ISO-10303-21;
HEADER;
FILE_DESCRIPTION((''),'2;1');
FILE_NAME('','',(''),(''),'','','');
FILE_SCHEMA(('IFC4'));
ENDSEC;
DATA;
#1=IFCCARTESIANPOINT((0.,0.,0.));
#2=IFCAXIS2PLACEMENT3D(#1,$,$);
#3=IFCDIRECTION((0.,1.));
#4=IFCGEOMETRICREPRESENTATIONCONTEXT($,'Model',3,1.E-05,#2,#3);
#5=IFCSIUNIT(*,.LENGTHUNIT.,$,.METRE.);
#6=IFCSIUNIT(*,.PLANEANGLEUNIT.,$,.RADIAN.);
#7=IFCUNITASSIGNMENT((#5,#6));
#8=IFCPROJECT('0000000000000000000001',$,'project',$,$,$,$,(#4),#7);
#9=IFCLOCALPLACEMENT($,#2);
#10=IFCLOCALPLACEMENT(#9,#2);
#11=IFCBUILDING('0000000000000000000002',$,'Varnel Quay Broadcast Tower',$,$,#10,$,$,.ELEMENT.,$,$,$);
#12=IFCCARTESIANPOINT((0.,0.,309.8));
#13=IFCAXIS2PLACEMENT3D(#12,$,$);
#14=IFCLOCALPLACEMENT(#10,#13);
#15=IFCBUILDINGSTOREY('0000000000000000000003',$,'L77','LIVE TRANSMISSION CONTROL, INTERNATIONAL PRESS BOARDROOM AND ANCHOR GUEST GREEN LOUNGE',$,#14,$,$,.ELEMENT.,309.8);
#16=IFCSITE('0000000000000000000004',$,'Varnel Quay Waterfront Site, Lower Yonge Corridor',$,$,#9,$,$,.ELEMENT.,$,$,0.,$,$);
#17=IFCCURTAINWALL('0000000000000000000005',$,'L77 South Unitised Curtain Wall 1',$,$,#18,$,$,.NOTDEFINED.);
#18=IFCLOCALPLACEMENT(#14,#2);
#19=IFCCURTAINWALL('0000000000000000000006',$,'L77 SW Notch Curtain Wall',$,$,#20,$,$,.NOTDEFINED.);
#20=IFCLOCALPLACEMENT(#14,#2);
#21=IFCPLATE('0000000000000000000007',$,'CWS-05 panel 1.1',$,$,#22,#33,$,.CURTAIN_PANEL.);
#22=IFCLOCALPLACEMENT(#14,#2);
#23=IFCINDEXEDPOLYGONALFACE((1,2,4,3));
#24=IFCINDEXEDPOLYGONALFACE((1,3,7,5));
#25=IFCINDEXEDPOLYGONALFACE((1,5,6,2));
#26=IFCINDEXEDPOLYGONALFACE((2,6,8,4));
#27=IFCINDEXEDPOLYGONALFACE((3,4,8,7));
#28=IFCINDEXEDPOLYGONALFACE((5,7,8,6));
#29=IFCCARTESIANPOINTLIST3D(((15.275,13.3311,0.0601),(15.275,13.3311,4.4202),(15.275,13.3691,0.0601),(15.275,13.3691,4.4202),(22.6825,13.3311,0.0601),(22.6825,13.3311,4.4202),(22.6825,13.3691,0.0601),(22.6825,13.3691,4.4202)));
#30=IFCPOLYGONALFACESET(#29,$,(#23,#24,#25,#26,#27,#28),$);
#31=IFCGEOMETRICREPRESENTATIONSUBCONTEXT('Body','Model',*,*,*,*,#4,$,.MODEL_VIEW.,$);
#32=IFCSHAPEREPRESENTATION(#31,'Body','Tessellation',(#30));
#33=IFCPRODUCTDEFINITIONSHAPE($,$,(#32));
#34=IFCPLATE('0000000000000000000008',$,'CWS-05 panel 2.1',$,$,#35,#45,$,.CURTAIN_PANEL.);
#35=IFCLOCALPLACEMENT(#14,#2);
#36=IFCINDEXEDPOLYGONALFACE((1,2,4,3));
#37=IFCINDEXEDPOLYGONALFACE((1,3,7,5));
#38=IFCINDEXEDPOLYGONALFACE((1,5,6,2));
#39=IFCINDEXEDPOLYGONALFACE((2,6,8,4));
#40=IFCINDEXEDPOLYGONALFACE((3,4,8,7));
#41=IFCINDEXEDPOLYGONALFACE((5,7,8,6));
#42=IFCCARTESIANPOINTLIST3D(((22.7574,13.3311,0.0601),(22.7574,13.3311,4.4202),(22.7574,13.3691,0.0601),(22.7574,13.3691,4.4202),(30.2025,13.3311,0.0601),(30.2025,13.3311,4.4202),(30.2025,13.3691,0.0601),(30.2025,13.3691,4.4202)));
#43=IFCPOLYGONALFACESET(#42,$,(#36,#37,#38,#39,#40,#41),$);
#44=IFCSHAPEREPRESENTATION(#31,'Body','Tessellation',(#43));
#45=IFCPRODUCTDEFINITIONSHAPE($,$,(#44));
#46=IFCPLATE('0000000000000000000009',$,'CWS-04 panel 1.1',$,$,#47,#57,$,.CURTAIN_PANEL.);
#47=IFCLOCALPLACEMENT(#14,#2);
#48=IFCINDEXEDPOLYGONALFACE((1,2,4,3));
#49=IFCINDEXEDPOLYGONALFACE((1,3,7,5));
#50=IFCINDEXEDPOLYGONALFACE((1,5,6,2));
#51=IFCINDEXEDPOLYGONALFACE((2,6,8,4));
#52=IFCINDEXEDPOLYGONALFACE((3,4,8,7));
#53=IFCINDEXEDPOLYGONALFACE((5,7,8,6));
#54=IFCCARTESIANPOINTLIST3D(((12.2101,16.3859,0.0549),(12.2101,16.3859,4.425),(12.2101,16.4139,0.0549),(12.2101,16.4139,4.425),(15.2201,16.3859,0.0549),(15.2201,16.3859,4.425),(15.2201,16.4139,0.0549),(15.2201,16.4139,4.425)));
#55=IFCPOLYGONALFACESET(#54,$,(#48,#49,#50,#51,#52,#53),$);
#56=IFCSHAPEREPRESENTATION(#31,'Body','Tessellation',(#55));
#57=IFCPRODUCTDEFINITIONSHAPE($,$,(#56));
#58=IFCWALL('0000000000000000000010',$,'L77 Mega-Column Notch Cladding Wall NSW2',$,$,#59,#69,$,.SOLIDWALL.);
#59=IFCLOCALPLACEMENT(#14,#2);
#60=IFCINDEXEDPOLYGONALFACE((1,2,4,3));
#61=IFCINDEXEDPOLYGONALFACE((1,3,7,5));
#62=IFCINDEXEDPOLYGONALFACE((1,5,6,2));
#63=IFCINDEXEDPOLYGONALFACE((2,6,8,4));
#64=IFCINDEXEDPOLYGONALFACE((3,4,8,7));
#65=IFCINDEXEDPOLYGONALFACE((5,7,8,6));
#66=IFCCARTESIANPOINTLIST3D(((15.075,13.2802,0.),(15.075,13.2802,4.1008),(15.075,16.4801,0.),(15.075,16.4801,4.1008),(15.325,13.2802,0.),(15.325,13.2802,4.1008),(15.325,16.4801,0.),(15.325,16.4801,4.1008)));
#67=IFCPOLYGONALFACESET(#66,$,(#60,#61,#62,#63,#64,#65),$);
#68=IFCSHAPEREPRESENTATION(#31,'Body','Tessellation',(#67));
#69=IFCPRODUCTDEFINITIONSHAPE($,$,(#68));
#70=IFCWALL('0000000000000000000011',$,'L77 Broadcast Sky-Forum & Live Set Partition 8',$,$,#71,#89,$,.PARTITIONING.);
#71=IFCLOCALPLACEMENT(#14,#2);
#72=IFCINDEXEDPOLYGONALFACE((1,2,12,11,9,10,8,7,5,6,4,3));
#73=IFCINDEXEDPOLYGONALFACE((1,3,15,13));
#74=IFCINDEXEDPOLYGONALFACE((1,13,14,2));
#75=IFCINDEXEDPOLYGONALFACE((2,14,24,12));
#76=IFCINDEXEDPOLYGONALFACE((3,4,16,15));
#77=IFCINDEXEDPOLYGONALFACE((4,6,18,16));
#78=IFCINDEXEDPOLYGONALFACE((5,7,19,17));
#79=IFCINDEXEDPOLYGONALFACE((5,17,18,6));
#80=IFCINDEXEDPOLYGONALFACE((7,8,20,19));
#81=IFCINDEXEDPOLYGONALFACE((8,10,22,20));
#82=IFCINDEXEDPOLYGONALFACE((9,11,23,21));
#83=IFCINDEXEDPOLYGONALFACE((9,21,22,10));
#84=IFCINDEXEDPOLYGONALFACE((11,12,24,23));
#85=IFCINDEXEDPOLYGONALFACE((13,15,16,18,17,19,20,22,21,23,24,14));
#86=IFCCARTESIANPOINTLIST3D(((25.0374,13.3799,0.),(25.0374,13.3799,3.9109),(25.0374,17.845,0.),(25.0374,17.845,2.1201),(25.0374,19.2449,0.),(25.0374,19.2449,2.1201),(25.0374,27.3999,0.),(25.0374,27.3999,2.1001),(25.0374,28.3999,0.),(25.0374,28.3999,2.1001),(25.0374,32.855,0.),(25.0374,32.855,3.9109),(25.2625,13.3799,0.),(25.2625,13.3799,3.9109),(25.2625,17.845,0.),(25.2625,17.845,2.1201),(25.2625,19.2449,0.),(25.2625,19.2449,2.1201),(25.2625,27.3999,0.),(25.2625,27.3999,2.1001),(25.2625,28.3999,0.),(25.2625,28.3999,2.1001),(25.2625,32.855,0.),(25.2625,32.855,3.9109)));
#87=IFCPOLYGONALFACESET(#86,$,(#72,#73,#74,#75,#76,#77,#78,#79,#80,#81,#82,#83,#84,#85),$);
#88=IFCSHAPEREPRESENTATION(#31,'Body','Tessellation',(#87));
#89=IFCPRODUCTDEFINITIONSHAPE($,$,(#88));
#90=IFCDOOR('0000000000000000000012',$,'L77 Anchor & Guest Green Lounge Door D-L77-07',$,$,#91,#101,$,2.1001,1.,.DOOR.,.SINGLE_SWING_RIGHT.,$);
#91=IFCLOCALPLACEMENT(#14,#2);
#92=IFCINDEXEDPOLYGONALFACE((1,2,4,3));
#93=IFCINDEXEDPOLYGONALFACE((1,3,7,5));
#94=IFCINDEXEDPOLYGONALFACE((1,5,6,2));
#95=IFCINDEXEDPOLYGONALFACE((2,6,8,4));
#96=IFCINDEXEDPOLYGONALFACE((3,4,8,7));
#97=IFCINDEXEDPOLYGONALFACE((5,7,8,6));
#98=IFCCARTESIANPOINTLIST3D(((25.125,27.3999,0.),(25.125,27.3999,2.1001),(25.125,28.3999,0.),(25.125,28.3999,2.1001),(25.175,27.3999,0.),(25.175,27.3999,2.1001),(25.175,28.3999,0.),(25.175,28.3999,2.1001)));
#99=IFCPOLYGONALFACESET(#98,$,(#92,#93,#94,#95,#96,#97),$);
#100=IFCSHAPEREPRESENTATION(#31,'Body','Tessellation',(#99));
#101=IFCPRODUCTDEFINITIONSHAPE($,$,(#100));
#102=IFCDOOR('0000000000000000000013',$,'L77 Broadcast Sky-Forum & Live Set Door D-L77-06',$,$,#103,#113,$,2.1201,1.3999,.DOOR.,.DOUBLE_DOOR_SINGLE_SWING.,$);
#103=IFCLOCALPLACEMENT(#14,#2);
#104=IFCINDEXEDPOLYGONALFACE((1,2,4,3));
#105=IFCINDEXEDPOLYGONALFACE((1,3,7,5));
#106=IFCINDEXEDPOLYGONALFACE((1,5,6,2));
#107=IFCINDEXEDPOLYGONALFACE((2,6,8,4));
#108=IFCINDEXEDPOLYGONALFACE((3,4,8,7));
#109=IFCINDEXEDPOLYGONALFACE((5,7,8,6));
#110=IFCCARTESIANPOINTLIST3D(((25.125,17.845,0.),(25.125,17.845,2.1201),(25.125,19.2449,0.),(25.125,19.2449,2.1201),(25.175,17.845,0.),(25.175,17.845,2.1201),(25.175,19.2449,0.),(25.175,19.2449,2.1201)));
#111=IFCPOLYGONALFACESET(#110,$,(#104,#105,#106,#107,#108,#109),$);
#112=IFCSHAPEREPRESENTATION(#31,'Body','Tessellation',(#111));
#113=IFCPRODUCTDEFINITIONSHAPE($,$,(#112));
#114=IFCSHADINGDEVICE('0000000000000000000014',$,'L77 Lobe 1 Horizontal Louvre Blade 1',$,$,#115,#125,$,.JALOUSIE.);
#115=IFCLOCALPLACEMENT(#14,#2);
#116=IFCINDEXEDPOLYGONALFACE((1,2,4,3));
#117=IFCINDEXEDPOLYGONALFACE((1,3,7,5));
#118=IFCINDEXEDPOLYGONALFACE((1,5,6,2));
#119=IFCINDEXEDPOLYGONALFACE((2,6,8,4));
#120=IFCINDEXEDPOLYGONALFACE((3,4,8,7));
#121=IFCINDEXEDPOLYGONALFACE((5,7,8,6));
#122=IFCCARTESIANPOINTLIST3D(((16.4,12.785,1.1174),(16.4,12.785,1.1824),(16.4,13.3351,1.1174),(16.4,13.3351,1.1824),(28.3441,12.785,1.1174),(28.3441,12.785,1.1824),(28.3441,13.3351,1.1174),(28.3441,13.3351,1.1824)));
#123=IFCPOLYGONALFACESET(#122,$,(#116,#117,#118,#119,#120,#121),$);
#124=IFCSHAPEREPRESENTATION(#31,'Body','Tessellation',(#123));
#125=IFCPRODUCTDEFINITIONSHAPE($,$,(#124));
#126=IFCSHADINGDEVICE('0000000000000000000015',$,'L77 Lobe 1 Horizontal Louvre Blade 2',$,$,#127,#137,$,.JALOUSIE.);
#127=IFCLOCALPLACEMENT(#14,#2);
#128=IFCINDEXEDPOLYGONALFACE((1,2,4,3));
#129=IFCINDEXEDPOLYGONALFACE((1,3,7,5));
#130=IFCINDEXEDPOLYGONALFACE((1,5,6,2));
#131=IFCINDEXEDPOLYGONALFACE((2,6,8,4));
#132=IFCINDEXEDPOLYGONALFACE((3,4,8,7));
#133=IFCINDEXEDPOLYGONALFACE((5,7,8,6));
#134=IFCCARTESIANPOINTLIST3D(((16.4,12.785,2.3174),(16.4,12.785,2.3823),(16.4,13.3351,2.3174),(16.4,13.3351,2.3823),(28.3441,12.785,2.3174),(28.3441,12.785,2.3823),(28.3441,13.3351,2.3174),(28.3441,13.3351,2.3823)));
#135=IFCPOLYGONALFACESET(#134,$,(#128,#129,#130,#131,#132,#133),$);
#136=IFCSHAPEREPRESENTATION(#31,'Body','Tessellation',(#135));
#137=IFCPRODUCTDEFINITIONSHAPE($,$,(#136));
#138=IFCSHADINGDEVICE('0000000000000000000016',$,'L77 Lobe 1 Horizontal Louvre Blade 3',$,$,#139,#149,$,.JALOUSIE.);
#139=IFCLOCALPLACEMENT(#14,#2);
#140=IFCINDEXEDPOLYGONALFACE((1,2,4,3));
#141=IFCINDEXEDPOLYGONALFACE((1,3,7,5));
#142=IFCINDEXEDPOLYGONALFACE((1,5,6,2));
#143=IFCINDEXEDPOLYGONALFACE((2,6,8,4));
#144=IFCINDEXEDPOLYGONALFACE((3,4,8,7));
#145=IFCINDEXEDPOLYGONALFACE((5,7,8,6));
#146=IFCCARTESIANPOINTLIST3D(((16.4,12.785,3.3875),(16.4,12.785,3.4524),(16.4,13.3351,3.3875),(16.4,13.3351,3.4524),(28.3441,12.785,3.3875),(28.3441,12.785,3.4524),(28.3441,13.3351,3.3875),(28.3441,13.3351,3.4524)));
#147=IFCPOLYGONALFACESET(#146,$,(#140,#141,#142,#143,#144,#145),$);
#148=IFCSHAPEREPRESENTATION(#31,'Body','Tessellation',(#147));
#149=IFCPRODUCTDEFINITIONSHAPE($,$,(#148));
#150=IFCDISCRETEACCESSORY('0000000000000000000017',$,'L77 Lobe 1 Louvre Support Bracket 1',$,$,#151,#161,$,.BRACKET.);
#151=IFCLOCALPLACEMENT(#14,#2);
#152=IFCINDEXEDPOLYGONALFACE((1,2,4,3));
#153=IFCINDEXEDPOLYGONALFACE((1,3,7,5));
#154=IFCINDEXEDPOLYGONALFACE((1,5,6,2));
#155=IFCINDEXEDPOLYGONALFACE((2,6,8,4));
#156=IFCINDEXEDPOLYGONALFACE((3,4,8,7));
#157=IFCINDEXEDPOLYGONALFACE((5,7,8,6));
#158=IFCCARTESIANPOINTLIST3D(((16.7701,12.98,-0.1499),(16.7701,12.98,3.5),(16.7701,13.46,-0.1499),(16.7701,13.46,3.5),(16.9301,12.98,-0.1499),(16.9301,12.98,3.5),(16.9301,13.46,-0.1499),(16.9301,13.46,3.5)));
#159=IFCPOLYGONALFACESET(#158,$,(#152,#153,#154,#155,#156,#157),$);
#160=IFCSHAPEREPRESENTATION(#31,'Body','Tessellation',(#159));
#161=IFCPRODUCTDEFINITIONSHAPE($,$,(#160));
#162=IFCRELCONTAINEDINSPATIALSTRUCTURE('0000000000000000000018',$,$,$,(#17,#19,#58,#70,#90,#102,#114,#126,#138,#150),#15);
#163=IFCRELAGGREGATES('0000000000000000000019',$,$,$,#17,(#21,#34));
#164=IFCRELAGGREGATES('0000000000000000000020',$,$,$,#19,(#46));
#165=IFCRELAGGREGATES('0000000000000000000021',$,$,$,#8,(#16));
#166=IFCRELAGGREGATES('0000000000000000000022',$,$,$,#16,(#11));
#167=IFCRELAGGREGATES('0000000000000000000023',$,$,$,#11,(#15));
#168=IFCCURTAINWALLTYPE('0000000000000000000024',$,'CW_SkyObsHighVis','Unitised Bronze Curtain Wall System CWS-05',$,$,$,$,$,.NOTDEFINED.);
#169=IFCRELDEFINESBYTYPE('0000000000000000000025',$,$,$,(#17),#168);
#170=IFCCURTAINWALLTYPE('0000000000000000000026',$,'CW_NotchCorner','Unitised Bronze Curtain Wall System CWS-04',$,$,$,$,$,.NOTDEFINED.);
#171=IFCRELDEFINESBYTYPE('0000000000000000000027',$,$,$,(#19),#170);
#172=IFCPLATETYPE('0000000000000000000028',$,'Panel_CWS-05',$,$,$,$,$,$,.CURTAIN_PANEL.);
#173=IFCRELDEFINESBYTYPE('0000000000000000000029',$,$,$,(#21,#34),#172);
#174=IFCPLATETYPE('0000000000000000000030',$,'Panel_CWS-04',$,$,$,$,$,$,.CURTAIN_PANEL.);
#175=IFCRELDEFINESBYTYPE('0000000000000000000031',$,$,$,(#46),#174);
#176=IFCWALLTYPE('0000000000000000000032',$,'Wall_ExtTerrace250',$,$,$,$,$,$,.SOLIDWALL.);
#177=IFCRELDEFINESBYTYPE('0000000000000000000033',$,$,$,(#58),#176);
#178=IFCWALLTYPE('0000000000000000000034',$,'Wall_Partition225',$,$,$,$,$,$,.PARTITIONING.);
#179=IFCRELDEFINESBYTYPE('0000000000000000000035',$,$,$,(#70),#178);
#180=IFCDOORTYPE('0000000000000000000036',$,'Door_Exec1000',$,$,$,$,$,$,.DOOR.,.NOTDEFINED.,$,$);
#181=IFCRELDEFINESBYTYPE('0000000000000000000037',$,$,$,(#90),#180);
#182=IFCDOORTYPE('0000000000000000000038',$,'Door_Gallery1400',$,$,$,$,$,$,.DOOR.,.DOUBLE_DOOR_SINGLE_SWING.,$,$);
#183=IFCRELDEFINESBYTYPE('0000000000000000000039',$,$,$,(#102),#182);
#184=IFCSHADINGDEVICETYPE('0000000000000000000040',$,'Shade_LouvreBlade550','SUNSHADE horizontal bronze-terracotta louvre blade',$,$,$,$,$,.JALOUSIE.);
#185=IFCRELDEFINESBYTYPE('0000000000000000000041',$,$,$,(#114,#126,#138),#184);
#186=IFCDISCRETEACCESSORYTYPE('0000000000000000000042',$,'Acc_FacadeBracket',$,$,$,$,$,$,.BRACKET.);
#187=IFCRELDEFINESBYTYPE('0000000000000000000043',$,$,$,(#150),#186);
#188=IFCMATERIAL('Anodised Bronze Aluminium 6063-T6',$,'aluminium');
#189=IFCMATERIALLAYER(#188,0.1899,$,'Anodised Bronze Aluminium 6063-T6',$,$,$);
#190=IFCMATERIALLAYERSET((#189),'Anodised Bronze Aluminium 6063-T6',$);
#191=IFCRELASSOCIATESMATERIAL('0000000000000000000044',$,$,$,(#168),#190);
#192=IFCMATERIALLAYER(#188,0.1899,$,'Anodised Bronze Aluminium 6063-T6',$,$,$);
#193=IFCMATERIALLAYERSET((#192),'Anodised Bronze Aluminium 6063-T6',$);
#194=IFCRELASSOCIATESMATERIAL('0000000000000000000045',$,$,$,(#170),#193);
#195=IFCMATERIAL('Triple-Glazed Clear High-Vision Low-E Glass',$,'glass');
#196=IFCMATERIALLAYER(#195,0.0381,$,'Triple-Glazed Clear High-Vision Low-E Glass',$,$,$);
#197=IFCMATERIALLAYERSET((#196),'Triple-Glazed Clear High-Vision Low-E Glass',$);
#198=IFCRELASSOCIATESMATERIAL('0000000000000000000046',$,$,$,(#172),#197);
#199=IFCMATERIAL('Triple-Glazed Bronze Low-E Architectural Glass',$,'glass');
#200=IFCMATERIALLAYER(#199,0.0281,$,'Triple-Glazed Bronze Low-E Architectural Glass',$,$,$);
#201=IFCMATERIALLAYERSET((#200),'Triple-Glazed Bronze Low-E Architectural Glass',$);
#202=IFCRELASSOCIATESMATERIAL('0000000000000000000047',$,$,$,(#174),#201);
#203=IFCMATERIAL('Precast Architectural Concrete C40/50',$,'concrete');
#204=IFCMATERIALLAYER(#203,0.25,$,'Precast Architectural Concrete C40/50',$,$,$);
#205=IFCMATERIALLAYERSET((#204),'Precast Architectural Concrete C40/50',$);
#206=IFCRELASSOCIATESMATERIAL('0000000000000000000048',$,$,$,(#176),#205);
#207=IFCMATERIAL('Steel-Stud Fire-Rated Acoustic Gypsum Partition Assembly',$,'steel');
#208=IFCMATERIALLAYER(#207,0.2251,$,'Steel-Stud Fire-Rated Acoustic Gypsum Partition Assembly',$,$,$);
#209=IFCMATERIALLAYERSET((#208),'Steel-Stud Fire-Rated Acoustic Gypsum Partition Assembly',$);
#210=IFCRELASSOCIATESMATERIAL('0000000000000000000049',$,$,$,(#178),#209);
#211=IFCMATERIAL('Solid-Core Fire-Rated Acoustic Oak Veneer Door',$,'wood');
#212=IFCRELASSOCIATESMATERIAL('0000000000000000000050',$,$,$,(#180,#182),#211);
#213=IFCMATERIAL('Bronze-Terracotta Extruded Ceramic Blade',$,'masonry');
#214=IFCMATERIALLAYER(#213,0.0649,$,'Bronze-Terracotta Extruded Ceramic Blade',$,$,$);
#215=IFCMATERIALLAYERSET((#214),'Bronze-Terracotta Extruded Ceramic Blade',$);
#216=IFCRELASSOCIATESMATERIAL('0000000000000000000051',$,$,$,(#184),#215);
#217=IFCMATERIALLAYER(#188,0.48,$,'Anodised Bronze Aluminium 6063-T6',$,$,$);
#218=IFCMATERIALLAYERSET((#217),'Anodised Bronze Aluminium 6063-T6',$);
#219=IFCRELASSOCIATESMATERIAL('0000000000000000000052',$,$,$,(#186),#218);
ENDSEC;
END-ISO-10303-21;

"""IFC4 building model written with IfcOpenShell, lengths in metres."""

from ifc_helpers import new_model, si_unit, direction, frame, frame_2d, origin, origin_2d, place, context, subcontext, project, spatial, rectangle, extrude, source, transform, mapped, material, layer, layer_set, type_object, type_shapes, element, fill, aggregate, save


model = new_model("IFC4")

# Units and contexts
model_context = context("Model", 3, precision=1e-05, world=origin(), true_north=direction((0.0, 1.0)))
body_context = subcontext(model_context, "Body", "Model", "MODEL_VIEW")
ifc_project = project(units=[si_unit("LENGTHUNIT", "METRE"), si_unit("PLANEANGLEUNIT", "RADIAN")], contexts=[model_context])

# Site, building, storey
site_placement = place(None, origin())
site = spatial("IfcSite", under=ifc_project, at=site_placement, Name="Varnel Quay Waterfront Site, Lower Yonge Corridor", CompositionType="ELEMENT", RefElevation=0.0)
building_placement = place(site_placement, origin())
building = spatial("IfcBuilding", under=site, at=building_placement, Name="Varnel Quay Broadcast Tower", CompositionType="ELEMENT")
storey_placement = place(building_placement, frame((0.0, 0.0, 309.8)))
storey = spatial("IfcBuildingStorey", under=building, at=storey_placement, Name="L77", Description="LIVE TRANSMISSION CONTROL, INTERNATIONAL PRESS BOARDROOM AND ANCHOR GUEST GREEN LOUNGE", CompositionType="ELEMENT", Elevation=309.8)

# Curtain wall
ifc_material_1 = material(Name="Anodised Bronze Aluminium 6063-T6", Category="aluminium")
ifc_layer_1 = layer(ifc_material_1, 0.1899, Name="Anodised Bronze Aluminium 6063-T6")
ifc_layer_set_1 = layer_set([ifc_layer_1], Name="Anodised Bronze Aluminium 6063-T6")
curtain_wall_type_1 = type_object("IfcCurtainWallType", Name="CW_SkyObsHighVis", Description="Unitised Bronze Curtain Wall System CWS-05", PredefinedType="NOTDEFINED", material=ifc_layer_set_1)
curtain_wall_1_placement = place(storey_placement, origin())
curtain_wall_1 = element("IfcCurtainWall", 1, at=curtain_wall_1_placement, inside=storey, type_object=curtain_wall_type_1, Name="L77 South Unitised Curtain Wall 1", PredefinedType="NOTDEFINED")

# Curtain wall
ifc_layer_2 = layer(ifc_material_1, 0.1899, Name="Anodised Bronze Aluminium 6063-T6")
ifc_layer_set_2 = layer_set([ifc_layer_2], Name="Anodised Bronze Aluminium 6063-T6")
curtain_wall_type_2 = type_object("IfcCurtainWallType", Name="CW_NotchCorner", Description="Unitised Bronze Curtain Wall System CWS-04", PredefinedType="NOTDEFINED", material=ifc_layer_set_2)
curtain_wall_2_placement = place(storey_placement, origin())
curtain_wall_2 = element("IfcCurtainWall", 2, at=curtain_wall_2_placement, inside=storey, type_object=curtain_wall_type_2, Name="L77 SW Notch Curtain Wall", PredefinedType="NOTDEFINED")

# Plates
ifc_material_2 = material(Name="Triple-Glazed Clear High-Vision Low-E Glass", Category="glass")
ifc_layer_3 = layer(ifc_material_2, 0.0381, Name="Triple-Glazed Clear High-Vision Low-E Glass")
ifc_layer_set_3 = layer_set([ifc_layer_3], Name="Triple-Glazed Clear High-Vision Low-E Glass")
plate_type_1 = type_object("IfcPlateType", Name="Panel_CWS-05", PredefinedType="CURTAIN_PANEL", material=ifc_layer_set_3)
shared_shape_1 = source(origin(), body_context, "Body", "SweptSolid", [
    extrude(rectangle(XDim=7.4075, YDim=0.0381, at=origin_2d()), origin(), (0.0, 0.0, 1.0), 4.3601),
])
plate_1_placement = place(storey_placement, frame((18.9788, 13.3501, 0.0601), z_axis=(0.0, 0.0, 1.0), x_axis=(1.0, 0.0, 0.0)))
plate_1 = element("IfcPlate", 3, at=plate_1_placement, type_object=plate_type_1, Name="CWS-05 panel 1.1", PredefinedType="CURTAIN_PANEL", context=body_context, shape_type="MappedRepresentation", body=[
    mapped(shared_shape_1, transform((0.0, 0.0, 0.0), x_axis=(1.0, 0.0, 0.0), y_axis=(0.0, 1.0, 0.0), z_axis=(0.0, 0.0, 1.0), scale=1.0)),
])
shared_shape_2 = source(origin(), body_context, "Body", "SweptSolid", [
    extrude(rectangle(XDim=7.4451, YDim=0.0381, at=origin_2d()), origin(), (0.0, 0.0, 1.0), 4.3601),
])
type_shapes(plate_type_1, [shared_shape_1, shared_shape_2])
plate_2_placement = place(storey_placement, frame((26.48, 13.3501, 0.0601), z_axis=(0.0, 0.0, 1.0), x_axis=(1.0, 0.0, 0.0)))
plate_2 = element("IfcPlate", 4, at=plate_2_placement, type_object=plate_type_1, Name="CWS-05 panel 2.1", PredefinedType="CURTAIN_PANEL", context=body_context, shape_type="MappedRepresentation", body=[
    mapped(shared_shape_2, transform((0.0, 0.0, 0.0), x_axis=(1.0, 0.0, 0.0), y_axis=(0.0, 1.0, 0.0), z_axis=(0.0, 0.0, 1.0), scale=1.0)),
])
aggregate(curtain_wall_1, [plate_1, plate_2])
ifc_material_3 = material(Name="Triple-Glazed Bronze Low-E Architectural Glass", Category="glass")
ifc_layer_4 = layer(ifc_material_3, 0.0281, Name="Triple-Glazed Bronze Low-E Architectural Glass")
ifc_layer_set_4 = layer_set([ifc_layer_4], Name="Triple-Glazed Bronze Low-E Architectural Glass")
plate_type_2 = type_object("IfcPlateType", Name="Panel_CWS-04", PredefinedType="CURTAIN_PANEL", material=ifc_layer_set_4)
shared_shape_3 = source(origin(), body_context, "Body", "SweptSolid", [
    extrude(rectangle(XDim=3.01, YDim=0.0281, at=origin_2d()), origin(), (0.0, 0.0, 1.0), 4.3701),
])
type_shapes(plate_type_2, [shared_shape_3])
plate_3_placement = place(storey_placement, frame((13.7151, 16.3999, 0.0549), z_axis=(0.0, 0.0, 1.0), x_axis=(1.0, 0.0, 0.0)))
plate_3 = element("IfcPlate", 5, at=plate_3_placement, type_object=plate_type_2, Name="CWS-04 panel 1.1", PredefinedType="CURTAIN_PANEL", context=body_context, shape_type="MappedRepresentation", body=[
    mapped(shared_shape_3, transform((0.0, 0.0, 0.0), x_axis=(1.0, 0.0, 0.0), y_axis=(0.0, 1.0, 0.0), z_axis=(0.0, 0.0, 1.0), scale=1.0)),
])
aggregate(curtain_wall_2, [plate_3])

# Wall
ifc_material_4 = material(Name="Precast Architectural Concrete C40/50", Category="concrete")
ifc_layer_5 = layer(ifc_material_4, 0.25, Name="Precast Architectural Concrete C40/50")
ifc_layer_set_5 = layer_set([ifc_layer_5], Name="Precast Architectural Concrete C40/50")
wall_type_1 = type_object("IfcWallType", Name="Wall_ExtTerrace250", PredefinedType="SOLIDWALL", material=ifc_layer_set_5)
wall_1_placement = place(storey_placement, frame((15.2, 13.28, 0.0), z_axis=(0.0, 0.0, 1.0), x_axis=(0.0, 1.0, 0.0)))
element("IfcWall", 6, at=wall_1_placement, inside=storey, type_object=wall_type_1, Name="L77 Mega-Column Notch Cladding Wall NSW2", PredefinedType="SOLIDWALL", context=body_context, shape_type="SweptSolid", body=[
    extrude(rectangle(XDim=3.2, YDim=0.25, at=frame_2d((1.6001, 0.0))), origin(), (0.0, 0.0, 1.0), 4.1008),
])

# Wall, openings, doors
ifc_material_5 = material(Name="Steel-Stud Fire-Rated Acoustic Gypsum Partition Assembly", Category="steel")
ifc_layer_6 = layer(ifc_material_5, 0.2251, Name="Steel-Stud Fire-Rated Acoustic Gypsum Partition Assembly")
ifc_layer_set_6 = layer_set([ifc_layer_6], Name="Steel-Stud Fire-Rated Acoustic Gypsum Partition Assembly")
wall_type_2 = type_object("IfcWallType", Name="Wall_Partition225", PredefinedType="PARTITIONING", material=ifc_layer_set_6)
wall_2_placement = place(storey_placement, frame((25.1499, 13.3799, 0.0), z_axis=(0.0, 0.0, 1.0), x_axis=(0.0, 1.0, 0.0)))
wall_2 = element("IfcWall", 7, at=wall_2_placement, inside=storey, type_object=wall_type_2, Name="L77 Broadcast Sky-Forum & Live Set Partition 8", PredefinedType="PARTITIONING", context=body_context, shape_type="SweptSolid", body=[
    extrude(rectangle(XDim=19.4751, YDim=0.2251, at=frame_2d((9.7375, 0.0))), origin(), (0.0, 0.0, 1.0), 3.9109),
])
opening_1_placement = place(wall_2_placement, frame((4.4651, 0.0, 0.0)))
opening_1 = element("IfcOpeningElement", 8, at=opening_1_placement, cuts=wall_2, PredefinedType="OPENING", context=body_context, shape_type="SweptSolid", body=[
    extrude(rectangle(XDim=1.3999, YDim=2.1201, at=frame_2d((0.7, 1.0601))), frame((0.0, 0.1226, 0.0), z_axis=(0.0, -1.0, 0.0), x_axis=(1.0, 0.0, 0.0)), (0.0, 0.0, 1.0), 0.2451),
])
opening_2_placement = place(wall_2_placement, frame((14.02, 0.0, 0.0)))
opening_2 = element("IfcOpeningElement", 9, at=opening_2_placement, cuts=wall_2, PredefinedType="OPENING", context=body_context, shape_type="SweptSolid", body=[
    extrude(rectangle(XDim=1.0, YDim=2.1001, at=frame_2d((0.5, 1.05))), frame((0.0, 0.1226, 0.0), z_axis=(0.0, -1.0, 0.0), x_axis=(1.0, 0.0, 0.0)), (0.0, 0.0, 1.0), 0.2451),
])
ifc_material_6 = material(Name="Solid-Core Fire-Rated Acoustic Oak Veneer Door", Category="wood")
door_type_1 = type_object("IfcDoorType", Name="Door_Exec1000", OperationType="NOTDEFINED", PredefinedType="DOOR", material=ifc_material_6)
shared_shape_4 = source(origin(), body_context, "Body", "SweptSolid", [
    extrude(rectangle(XDim=1.0, YDim=2.1001, at=frame_2d((0.5, 1.05))), frame((0.0, 0.0249, 0.0), z_axis=(0.0, -1.0, 0.0), x_axis=(1.0, 0.0, 0.0)), (0.0, 0.0, 1.0), 0.05),
])
type_shapes(door_type_1, [shared_shape_4])
door_1_placement = place(opening_2_placement, origin())
door_1 = element("IfcDoor", 10, at=door_1_placement, inside=storey, type_object=door_type_1, Name="L77 Anchor & Guest Green Lounge Door D-L77-07", OperationType="SINGLE_SWING_RIGHT", OverallHeight=2.1001, OverallWidth=1.0, PredefinedType="DOOR", context=body_context, shape_type="MappedRepresentation", body=[
    mapped(shared_shape_4, transform((0.0, 0.0, 0.0), x_axis=(1.0, 0.0, 0.0), y_axis=(0.0, 1.0, 0.0), z_axis=(0.0, 0.0, 1.0), scale=1.0)),
])
fill(opening_2, door_1)
door_type_2 = type_object("IfcDoorType", Name="Door_Gallery1400", OperationType="DOUBLE_DOOR_SINGLE_SWING", PredefinedType="DOOR", material=ifc_material_6)
shared_shape_5 = source(origin(), body_context, "Body", "SweptSolid", [
    extrude(rectangle(XDim=1.3999, YDim=2.1201, at=frame_2d((0.7, 1.0601))), frame((0.0, 0.0249, 0.0), z_axis=(0.0, -1.0, 0.0), x_axis=(1.0, 0.0, 0.0)), (0.0, 0.0, 1.0), 0.05),
])
type_shapes(door_type_2, [shared_shape_5])
door_2_placement = place(opening_1_placement, origin())
door_2 = element("IfcDoor", 11, at=door_2_placement, inside=storey, type_object=door_type_2, Name="L77 Broadcast Sky-Forum & Live Set Door D-L77-06", OperationType="DOUBLE_DOOR_SINGLE_SWING", OverallHeight=2.1201, OverallWidth=1.3999, PredefinedType="DOOR", context=body_context, shape_type="MappedRepresentation", body=[
    mapped(shared_shape_5, transform((0.0, 0.0, 0.0), x_axis=(1.0, 0.0, 0.0), y_axis=(0.0, 1.0, 0.0), z_axis=(0.0, 0.0, 1.0), scale=1.0)),
])
fill(opening_1, door_2)

# Shading devices
ifc_material_7 = material(Name="Bronze-Terracotta Extruded Ceramic Blade", Category="masonry")
ifc_layer_7 = layer(ifc_material_7, 0.0649, Name="Bronze-Terracotta Extruded Ceramic Blade")
ifc_layer_set_7 = layer_set([ifc_layer_7], Name="Bronze-Terracotta Extruded Ceramic Blade")
shading_device_type = type_object("IfcShadingDeviceType", Name="Shade_LouvreBlade550", Description="SUNSHADE horizontal bronze-terracotta louvre blade", PredefinedType="JALOUSIE", material=ifc_layer_set_7)
shared_shape_6 = source(origin(), body_context, "Body", "SweptSolid", [
    extrude(rectangle(XDim=11.9441, YDim=0.55, at=origin_2d()), origin(), (0.0, 0.0, 1.0), 0.0649),
])
type_shapes(shading_device_type, [shared_shape_6])
for number, where, z_axis, x_axis, name in (
    (12, (22.3721, 13.0601, 1.1174), (0.0, 0.0, 1.0), (1.0, 0.0, 0.0), "L77 Lobe 1 Horizontal Louvre Blade 1"),
    (13, (22.3721, 13.0601, 2.3174), (0.0, 0.0, 1.0), (1.0, 0.0, 0.0), "L77 Lobe 1 Horizontal Louvre Blade 2"),
    (14, (22.3721, 13.0601, 3.3875), (0.0, 0.0, 1.0), (1.0, 0.0, 0.0), "L77 Lobe 1 Horizontal Louvre Blade 3"),
):
    element("IfcShadingDevice", number, at=place(storey_placement, frame(where, z_axis=z_axis, x_axis=x_axis)), inside=storey, type_object=shading_device_type, Name=name, PredefinedType="JALOUSIE", context=body_context, shape_type="MappedRepresentation", body=[
        mapped(shared_shape_6, transform((0.0, 0.0, 0.0), x_axis=(1.0, 0.0, 0.0), y_axis=(0.0, 1.0, 0.0), z_axis=(0.0, 0.0, 1.0), scale=1.0)),
    ])

# Discrete accessory
ifc_layer_8 = layer(ifc_material_1, 0.48, Name="Anodised Bronze Aluminium 6063-T6")
ifc_layer_set_8 = layer_set([ifc_layer_8], Name="Anodised Bronze Aluminium 6063-T6")
discrete_accessory_type = type_object("IfcDiscreteAccessoryType", Name="Acc_FacadeBracket", PredefinedType="BRACKET", material=ifc_layer_set_8)
shared_shape_7 = source(origin(), body_context, "Body", "SweptSolid", [
    extrude(rectangle(XDim=0.1599, YDim=0.48, at=origin_2d()), origin(), (0.0, 0.0, 1.0), 3.6499),
])
type_shapes(discrete_accessory_type, [shared_shape_7])
for number, where, z_axis, x_axis, name in (
    (15, (16.8501, 13.22, -0.1499), (0.0, 0.0, 1.0), (1.0, 0.0, 0.0), "L77 Lobe 1 Louvre Support Bracket 1"),
):
    element("IfcDiscreteAccessory", number, at=place(storey_placement, frame(where, z_axis=z_axis, x_axis=x_axis)), inside=storey, type_object=discrete_accessory_type, Name=name, PredefinedType="BRACKET", context=body_context, shape_type="MappedRepresentation", body=[
        mapped(shared_shape_7, transform((0.0, 0.0, 0.0), x_axis=(1.0, 0.0, 0.0), y_axis=(0.0, 1.0, 0.0), z_axis=(0.0, 0.0, 1.0), scale=1.0)),
    ])

save(model, "model.ifc")
